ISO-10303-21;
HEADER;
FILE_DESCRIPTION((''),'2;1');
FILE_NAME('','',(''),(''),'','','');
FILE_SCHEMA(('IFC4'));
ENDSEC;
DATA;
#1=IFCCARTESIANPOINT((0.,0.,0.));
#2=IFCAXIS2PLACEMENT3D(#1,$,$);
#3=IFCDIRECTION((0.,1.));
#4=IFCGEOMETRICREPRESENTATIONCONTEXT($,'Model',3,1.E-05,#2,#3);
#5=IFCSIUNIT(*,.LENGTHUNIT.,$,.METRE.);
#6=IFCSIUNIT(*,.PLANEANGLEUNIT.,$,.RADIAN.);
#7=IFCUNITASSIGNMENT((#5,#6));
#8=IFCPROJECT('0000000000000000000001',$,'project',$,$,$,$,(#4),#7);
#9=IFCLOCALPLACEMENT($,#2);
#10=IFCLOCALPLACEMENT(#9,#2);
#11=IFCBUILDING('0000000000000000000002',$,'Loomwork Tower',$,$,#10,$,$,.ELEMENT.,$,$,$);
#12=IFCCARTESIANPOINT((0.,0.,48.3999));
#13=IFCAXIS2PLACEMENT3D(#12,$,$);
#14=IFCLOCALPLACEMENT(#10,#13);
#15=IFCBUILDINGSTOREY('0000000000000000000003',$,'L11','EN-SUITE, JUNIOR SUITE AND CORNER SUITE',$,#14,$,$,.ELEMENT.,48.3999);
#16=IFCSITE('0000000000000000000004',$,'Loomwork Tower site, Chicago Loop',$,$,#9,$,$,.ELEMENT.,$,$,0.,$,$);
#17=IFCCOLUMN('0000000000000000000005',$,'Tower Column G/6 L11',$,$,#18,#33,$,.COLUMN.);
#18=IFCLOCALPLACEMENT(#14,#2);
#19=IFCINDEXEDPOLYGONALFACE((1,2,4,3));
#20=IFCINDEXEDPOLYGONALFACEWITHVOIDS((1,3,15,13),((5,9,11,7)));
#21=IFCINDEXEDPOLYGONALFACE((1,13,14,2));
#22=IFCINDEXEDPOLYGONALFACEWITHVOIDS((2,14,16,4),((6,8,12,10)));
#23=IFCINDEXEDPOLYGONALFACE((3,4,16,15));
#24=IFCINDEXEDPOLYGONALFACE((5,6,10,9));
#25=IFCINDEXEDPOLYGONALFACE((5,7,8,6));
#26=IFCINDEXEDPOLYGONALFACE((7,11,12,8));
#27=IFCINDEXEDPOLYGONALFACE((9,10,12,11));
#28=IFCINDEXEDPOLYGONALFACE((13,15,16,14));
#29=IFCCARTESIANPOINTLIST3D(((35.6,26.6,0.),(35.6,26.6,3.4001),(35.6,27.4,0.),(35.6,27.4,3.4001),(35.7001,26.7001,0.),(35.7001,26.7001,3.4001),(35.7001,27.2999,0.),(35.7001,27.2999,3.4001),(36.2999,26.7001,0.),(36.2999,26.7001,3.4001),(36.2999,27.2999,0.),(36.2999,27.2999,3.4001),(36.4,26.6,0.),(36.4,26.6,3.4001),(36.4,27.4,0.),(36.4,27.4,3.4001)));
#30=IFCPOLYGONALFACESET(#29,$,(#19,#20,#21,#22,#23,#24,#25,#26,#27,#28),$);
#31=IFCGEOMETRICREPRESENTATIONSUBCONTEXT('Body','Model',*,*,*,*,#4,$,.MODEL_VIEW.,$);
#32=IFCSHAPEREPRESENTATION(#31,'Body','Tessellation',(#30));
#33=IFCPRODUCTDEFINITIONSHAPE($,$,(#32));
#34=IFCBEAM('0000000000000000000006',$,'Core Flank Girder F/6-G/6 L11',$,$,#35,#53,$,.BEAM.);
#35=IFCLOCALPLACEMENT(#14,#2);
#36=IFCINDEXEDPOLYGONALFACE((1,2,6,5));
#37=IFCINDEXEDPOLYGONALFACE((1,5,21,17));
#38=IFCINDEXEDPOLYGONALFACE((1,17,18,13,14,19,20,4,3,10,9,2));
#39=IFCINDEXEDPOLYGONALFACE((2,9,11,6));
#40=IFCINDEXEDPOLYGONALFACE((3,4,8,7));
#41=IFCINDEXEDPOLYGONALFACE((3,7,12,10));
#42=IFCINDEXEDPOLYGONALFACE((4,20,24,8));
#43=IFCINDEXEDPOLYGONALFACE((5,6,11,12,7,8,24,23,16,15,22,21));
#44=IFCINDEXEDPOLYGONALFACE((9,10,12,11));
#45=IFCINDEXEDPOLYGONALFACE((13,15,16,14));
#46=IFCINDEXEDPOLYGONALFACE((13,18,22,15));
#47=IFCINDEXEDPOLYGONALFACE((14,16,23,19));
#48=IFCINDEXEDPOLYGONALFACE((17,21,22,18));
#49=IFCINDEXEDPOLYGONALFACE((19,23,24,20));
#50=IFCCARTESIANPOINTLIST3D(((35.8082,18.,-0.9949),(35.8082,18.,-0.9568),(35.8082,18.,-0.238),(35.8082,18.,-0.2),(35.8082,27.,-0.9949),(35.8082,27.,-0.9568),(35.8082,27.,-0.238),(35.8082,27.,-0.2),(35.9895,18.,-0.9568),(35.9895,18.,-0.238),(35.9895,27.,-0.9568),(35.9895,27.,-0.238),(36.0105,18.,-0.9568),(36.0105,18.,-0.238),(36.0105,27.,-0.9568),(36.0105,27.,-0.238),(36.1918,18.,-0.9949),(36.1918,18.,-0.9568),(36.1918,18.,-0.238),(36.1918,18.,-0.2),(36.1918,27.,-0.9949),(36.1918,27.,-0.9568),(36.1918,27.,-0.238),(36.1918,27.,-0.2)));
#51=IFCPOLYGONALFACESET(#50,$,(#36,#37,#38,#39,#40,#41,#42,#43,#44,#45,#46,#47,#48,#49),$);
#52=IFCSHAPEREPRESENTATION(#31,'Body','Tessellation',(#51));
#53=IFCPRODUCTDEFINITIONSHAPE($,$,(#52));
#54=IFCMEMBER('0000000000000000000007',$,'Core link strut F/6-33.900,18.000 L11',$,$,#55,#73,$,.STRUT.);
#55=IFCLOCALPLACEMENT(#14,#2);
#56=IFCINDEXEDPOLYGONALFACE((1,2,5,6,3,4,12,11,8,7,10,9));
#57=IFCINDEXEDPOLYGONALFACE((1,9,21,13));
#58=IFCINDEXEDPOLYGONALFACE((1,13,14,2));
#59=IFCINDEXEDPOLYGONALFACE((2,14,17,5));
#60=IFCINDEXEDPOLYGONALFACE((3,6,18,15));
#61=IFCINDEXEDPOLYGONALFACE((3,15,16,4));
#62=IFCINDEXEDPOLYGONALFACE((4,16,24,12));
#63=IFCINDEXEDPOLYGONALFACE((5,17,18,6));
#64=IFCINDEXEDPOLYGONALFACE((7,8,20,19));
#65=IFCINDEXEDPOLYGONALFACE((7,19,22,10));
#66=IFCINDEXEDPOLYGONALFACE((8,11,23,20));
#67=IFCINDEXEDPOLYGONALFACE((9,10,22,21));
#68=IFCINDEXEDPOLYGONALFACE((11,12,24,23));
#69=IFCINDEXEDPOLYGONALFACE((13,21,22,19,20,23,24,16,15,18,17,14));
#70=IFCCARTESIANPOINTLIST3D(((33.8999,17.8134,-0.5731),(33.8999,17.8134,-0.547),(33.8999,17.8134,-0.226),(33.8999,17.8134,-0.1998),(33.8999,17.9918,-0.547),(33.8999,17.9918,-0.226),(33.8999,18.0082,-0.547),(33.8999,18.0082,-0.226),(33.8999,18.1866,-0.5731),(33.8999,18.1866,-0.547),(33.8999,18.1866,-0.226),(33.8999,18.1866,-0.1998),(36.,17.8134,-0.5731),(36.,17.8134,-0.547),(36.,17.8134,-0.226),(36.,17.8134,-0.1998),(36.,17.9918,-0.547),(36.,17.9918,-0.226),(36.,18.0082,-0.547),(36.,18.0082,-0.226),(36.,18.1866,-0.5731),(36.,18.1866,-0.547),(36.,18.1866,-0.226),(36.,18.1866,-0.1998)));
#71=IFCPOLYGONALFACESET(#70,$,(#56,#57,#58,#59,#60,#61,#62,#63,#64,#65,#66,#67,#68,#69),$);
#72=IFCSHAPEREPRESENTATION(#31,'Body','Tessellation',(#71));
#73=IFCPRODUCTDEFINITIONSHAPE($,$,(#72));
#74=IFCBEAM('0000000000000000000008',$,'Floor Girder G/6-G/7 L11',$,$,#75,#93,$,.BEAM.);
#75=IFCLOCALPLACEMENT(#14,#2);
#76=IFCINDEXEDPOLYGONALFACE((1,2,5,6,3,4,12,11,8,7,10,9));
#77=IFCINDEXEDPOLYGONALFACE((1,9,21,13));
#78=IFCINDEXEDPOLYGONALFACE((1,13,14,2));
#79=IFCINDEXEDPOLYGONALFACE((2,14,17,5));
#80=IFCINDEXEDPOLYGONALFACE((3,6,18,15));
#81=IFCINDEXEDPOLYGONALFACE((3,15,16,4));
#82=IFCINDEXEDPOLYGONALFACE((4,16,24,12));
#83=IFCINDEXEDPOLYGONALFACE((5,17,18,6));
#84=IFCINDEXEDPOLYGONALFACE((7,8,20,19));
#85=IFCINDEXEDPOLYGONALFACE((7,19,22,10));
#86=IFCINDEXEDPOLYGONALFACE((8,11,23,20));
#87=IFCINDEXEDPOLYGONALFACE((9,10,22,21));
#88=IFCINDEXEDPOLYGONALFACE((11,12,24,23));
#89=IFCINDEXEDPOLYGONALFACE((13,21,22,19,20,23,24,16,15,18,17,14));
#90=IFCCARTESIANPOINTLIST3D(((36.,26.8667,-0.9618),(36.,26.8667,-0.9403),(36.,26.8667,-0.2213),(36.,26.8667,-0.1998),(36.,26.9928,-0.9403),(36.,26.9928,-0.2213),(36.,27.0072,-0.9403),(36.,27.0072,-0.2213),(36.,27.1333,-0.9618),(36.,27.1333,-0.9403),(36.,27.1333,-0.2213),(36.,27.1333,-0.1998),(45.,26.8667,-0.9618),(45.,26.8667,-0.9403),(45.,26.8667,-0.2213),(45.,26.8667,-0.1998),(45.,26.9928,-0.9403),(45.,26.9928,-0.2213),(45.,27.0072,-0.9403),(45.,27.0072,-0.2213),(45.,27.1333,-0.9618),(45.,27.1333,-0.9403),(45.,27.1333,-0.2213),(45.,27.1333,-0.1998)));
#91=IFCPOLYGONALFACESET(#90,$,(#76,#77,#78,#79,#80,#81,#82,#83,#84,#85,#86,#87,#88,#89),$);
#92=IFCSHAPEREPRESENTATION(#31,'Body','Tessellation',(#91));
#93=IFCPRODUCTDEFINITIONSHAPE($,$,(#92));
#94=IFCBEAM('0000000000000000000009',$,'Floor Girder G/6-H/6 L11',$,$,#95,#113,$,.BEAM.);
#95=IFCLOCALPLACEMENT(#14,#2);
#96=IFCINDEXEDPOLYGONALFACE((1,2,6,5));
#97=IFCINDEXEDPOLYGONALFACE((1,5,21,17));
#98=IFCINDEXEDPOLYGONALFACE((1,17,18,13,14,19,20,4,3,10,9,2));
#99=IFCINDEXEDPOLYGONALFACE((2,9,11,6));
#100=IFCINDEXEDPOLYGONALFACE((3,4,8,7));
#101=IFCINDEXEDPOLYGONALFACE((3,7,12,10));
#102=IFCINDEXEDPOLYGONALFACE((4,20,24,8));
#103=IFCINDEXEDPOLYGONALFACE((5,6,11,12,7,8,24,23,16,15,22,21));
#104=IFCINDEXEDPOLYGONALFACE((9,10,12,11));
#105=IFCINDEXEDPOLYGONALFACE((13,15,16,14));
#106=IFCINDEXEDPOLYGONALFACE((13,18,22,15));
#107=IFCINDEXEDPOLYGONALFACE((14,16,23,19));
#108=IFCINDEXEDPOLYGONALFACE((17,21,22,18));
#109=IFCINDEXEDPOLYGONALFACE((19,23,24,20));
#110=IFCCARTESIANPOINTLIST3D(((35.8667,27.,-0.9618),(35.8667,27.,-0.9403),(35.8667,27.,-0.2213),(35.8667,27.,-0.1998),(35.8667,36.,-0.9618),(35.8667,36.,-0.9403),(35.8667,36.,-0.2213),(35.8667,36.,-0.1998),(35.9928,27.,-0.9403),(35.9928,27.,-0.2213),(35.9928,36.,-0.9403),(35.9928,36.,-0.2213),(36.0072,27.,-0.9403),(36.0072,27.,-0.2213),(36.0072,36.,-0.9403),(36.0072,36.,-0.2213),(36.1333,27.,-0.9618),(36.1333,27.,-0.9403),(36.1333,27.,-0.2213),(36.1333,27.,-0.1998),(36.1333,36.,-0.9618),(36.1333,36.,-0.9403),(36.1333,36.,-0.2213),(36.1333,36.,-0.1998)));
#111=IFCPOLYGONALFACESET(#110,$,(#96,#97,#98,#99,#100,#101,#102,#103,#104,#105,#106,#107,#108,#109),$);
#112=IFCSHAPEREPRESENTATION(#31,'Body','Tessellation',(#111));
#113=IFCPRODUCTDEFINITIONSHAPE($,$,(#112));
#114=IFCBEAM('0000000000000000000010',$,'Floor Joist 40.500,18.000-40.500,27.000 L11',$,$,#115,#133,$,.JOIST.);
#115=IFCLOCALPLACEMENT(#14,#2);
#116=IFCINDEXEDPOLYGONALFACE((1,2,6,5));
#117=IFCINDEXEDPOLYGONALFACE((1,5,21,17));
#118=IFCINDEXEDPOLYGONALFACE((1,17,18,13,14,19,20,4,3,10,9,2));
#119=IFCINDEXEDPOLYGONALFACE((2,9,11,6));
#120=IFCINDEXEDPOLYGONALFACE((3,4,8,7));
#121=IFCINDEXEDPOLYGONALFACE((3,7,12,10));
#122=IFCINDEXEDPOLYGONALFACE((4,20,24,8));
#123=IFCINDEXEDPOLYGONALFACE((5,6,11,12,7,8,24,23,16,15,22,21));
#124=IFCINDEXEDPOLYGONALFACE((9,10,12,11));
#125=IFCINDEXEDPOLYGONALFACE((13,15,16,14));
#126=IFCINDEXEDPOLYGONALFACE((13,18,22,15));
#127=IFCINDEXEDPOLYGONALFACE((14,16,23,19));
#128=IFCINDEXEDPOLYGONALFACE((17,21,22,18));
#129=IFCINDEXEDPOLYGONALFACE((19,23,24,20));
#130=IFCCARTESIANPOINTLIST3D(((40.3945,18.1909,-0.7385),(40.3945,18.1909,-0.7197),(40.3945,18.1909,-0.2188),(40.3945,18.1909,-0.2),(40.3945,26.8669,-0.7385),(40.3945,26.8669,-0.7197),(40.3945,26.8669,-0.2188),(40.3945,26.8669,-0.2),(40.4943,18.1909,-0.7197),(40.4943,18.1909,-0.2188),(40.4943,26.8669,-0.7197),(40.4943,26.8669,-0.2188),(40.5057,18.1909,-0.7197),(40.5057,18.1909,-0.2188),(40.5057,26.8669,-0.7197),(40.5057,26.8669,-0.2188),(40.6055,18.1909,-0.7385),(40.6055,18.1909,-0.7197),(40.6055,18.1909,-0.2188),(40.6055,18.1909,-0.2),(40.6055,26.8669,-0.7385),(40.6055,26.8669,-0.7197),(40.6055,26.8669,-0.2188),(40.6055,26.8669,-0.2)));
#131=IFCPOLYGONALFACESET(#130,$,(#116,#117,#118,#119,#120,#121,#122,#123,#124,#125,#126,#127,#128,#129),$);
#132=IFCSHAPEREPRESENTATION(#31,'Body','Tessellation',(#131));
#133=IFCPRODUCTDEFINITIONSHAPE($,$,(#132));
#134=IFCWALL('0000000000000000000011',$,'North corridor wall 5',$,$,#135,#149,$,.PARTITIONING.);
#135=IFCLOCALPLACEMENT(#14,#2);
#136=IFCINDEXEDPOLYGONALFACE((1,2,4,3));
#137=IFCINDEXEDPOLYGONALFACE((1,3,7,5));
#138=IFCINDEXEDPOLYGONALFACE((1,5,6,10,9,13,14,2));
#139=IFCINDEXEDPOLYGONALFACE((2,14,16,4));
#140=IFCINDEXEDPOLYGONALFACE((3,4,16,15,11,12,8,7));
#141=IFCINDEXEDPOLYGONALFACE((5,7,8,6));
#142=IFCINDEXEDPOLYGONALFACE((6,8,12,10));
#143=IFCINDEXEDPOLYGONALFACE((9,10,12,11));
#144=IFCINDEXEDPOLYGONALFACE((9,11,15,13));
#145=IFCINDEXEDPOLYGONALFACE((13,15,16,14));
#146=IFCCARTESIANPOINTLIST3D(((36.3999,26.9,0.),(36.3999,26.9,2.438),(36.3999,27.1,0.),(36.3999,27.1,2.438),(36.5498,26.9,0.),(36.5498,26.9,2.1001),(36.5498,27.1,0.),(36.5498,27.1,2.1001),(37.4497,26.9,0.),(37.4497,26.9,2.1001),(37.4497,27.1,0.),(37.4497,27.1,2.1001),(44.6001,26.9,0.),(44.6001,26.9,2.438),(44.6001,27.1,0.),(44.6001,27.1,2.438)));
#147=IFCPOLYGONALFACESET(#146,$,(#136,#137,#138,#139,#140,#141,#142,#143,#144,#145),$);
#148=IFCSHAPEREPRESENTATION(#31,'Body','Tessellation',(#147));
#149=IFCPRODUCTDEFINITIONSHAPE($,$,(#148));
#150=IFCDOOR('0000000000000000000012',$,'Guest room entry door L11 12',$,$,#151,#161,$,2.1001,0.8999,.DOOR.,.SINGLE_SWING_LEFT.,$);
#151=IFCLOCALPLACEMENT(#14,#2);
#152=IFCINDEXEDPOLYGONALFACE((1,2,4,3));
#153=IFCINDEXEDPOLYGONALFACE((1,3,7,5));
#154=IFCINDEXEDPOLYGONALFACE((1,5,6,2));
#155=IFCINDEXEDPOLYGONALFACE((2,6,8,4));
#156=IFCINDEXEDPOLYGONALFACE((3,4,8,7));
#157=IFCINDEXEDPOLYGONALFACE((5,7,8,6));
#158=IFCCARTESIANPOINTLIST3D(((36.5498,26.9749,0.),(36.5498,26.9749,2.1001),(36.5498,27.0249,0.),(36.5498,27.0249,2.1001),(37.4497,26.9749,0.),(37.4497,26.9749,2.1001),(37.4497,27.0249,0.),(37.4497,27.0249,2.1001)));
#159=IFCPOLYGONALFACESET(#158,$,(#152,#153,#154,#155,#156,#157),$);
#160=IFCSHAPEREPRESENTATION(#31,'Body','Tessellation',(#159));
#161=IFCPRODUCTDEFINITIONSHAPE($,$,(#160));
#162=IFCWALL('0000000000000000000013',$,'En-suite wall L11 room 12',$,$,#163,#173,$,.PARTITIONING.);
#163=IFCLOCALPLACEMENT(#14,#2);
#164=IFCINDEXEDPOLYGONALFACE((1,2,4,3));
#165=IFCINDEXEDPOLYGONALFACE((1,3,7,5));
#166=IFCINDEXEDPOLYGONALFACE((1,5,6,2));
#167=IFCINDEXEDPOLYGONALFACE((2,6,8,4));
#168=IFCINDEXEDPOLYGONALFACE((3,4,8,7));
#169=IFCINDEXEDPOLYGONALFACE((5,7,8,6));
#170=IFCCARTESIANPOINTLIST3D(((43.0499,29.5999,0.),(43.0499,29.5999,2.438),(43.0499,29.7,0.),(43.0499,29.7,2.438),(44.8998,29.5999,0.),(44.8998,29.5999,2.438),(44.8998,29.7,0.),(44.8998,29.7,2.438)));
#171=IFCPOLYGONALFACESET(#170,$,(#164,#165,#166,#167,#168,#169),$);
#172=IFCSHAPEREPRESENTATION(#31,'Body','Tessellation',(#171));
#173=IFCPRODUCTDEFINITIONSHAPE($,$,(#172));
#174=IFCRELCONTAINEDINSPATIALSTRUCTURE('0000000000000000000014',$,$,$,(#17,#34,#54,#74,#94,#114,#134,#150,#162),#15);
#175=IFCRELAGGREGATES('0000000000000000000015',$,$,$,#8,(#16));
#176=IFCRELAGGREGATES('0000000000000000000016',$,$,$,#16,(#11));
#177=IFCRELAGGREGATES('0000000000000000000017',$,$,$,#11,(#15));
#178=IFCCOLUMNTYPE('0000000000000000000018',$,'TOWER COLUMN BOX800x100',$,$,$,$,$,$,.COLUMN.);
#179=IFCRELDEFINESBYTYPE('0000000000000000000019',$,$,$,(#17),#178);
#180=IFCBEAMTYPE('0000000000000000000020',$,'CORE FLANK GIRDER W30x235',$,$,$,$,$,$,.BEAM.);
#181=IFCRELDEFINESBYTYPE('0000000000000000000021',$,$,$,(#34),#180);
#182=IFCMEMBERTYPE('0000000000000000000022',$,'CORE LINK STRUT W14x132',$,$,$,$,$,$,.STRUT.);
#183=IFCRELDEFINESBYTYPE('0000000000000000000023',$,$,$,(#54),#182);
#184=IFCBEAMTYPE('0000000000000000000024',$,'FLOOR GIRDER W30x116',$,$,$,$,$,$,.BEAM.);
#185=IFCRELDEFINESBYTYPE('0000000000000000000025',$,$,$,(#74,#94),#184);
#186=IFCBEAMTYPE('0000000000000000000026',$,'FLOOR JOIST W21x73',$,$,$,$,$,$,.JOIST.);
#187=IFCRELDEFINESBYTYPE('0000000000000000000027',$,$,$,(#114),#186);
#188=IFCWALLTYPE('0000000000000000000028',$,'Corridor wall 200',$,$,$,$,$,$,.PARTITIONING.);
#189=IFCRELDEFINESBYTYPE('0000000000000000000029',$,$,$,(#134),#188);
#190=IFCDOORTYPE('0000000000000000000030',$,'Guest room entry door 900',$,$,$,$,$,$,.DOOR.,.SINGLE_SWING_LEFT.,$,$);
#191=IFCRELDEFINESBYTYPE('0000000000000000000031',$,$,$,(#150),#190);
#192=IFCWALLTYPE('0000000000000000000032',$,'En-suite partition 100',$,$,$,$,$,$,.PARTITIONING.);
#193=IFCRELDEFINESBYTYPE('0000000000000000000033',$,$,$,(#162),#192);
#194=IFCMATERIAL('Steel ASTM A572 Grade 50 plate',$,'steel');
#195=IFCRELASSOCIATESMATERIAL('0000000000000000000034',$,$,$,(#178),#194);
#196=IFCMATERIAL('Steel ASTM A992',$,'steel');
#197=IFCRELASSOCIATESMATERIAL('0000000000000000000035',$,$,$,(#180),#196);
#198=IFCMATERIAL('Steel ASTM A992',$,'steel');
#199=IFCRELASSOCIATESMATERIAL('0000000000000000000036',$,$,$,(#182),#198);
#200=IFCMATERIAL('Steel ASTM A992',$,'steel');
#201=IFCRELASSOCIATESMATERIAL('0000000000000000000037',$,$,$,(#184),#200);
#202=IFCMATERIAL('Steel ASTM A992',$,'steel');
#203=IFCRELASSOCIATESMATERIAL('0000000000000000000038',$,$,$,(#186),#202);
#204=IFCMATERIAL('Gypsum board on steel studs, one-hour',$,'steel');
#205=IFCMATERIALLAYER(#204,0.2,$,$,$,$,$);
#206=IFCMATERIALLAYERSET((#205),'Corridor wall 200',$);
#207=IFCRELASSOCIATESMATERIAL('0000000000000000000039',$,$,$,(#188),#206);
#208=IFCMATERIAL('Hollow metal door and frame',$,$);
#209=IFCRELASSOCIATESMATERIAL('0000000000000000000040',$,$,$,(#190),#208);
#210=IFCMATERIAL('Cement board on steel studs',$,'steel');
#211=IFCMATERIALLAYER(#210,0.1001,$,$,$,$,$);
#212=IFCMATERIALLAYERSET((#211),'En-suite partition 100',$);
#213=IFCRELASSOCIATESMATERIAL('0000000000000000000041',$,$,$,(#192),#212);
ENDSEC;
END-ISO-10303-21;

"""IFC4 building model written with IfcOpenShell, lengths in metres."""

from ifc_helpers import new_model, si_unit, direction, frame, frame_2d, origin, origin_2d, place, context, subcontext, project, spatial, rectangle, hollow_rectangle, i_section, extrude, material, layer, layer_set, material_profile, profile_set, type_object, element, fill, save


model = new_model("IFC4")

# Units and contexts
model_context = context("Model", 3, precision=1e-05, world=origin(), true_north=direction((0.0, 1.0)))
body_context = subcontext(model_context, "Body", "Model", "MODEL_VIEW")
ifc_project = project(units=[si_unit("LENGTHUNIT", "METRE"), si_unit("PLANEANGLEUNIT", "RADIAN")], contexts=[model_context])

# Site, building, storey
site_placement = place(None, origin())
site = spatial("IfcSite", under=ifc_project, at=site_placement, Name="Loomwork Tower site, Chicago Loop", CompositionType="ELEMENT", RefElevation=0.0)
building_placement = place(site_placement, origin())
building = spatial("IfcBuilding", under=site, at=building_placement, Name="Loomwork Tower", CompositionType="ELEMENT")
storey_placement = place(building_placement, frame((0.0, 0.0, 48.3999)))
storey = spatial("IfcBuildingStorey", under=building, at=storey_placement, Name="L11", Description="EN-SUITE, JUNIOR SUITE AND CORNER SUITE", CompositionType="ELEMENT", Elevation=48.3999)

# Column
ifc_material_1 = material(Name="Steel ASTM A572 Grade 50 plate", Category="steel")
ifc_material_profile_1 = material_profile(ifc_material_1, hollow_rectangle(XDim=0.8, YDim=0.8, WallThickness=0.1001, at=origin_2d()), Name="BOX800x100")
ifc_profile_set_1 = profile_set([ifc_material_profile_1], Name="Steel ASTM A572 Grade 50 plate")
column_type = type_object("IfcColumnType", Name="TOWER COLUMN BOX800x100", PredefinedType="COLUMN", material=ifc_profile_set_1)
column_placement = place(storey_placement, frame((36.0, 27.0, 0.0), z_axis=(0.0, 0.0, 1.0), x_axis=(1.0, 0.0, 0.0)))
element("IfcColumn", 1, at=column_placement, inside=storey, type_object=column_type, Name="Tower Column G/6 L11", PredefinedType="COLUMN", context=body_context, shape_type="SweptSolid", body=[
    extrude(hollow_rectangle(XDim=0.8, YDim=0.8, WallThickness=0.1001, at=origin_2d()), origin(), (0.0, 0.0, 1.0), 3.4001),
])

# Beam
ifc_material_2 = material(Name="Steel ASTM A992", Category="steel")
ifc_material_profile_2 = material_profile(ifc_material_2, i_section(OverallWidth=0.3835, OverallDepth=0.7949, WebThickness=0.021, FlangeThickness=0.0381, at=origin_2d()), Name="W30x235")
ifc_profile_set_2 = profile_set([ifc_material_profile_2], Name="Steel ASTM A992")
beam_type_1 = type_object("IfcBeamType", Name="CORE FLANK GIRDER W30x235", PredefinedType="BEAM", material=ifc_profile_set_2)
beam_1_placement = place(storey_placement, frame((36.0, 18.0, -0.5974), z_axis=(0.0, 1.0, 0.0), x_axis=(-1.0, 0.0, 0.0)))
element("IfcBeam", 2, at=beam_1_placement, inside=storey, type_object=beam_type_1, Name="Core Flank Girder F/6-G/6 L11", PredefinedType="BEAM", context=body_context, shape_type="SweptSolid", body=[
    extrude(i_section(OverallWidth=0.3835, OverallDepth=0.7949, WebThickness=0.021, FlangeThickness=0.0381, at=origin_2d()), origin(), (0.0, 0.0, 1.0), 9.0),
])

# Member
ifc_material_3 = material(Name="Steel ASTM A992", Category="steel")
ifc_material_profile_3 = material_profile(ifc_material_3, i_section(OverallWidth=0.3733, OverallDepth=0.3733, WebThickness=0.0164, FlangeThickness=0.0261, at=origin_2d()), Name="W14x132")
ifc_profile_set_3 = profile_set([ifc_material_profile_3], Name="Steel ASTM A992")
member_type = type_object("IfcMemberType", Name="CORE LINK STRUT W14x132", PredefinedType="STRUT", material=ifc_profile_set_3)
member_placement = place(storey_placement, frame((36.0, 18.0, -0.3865), z_axis=(-1.0, 0.0, 0.0), x_axis=(0.0, -1.0, 0.0)))
element("IfcMember", 3, at=member_placement, inside=storey, type_object=member_type, Name="Core link strut F/6-33.900,18.000 L11", PredefinedType="STRUT", context=body_context, shape_type="SweptSolid", body=[
    extrude(i_section(OverallWidth=0.3733, OverallDepth=0.3733, WebThickness=0.0164, FlangeThickness=0.0261, at=origin_2d()), origin(), (0.0, 0.0, 1.0), 2.1001),
])

# Beams
ifc_material_4 = material(Name="Steel ASTM A992", Category="steel")
ifc_material_profile_4 = material_profile(ifc_material_4, i_section(OverallWidth=0.2666, OverallDepth=0.762, WebThickness=0.0144, FlangeThickness=0.0215, at=origin_2d()), Name="W30x116")
ifc_profile_set_4 = profile_set([ifc_material_profile_4], Name="Steel ASTM A992")
beam_type_2 = type_object("IfcBeamType", Name="FLOOR GIRDER W30x116", PredefinedType="BEAM", material=ifc_profile_set_4)
for number, where, z_axis, x_axis, name in (
    (4, (36.0, 27.0, -0.5808), (1.0, 0.0, 0.0), (0.0, 1.0, 0.0), "Floor Girder G/6-G/7 L11"),
    (5, (36.0, 27.0, -0.5808), (0.0, 1.0, 0.0), (-1.0, 0.0, 0.0), "Floor Girder G/6-H/6 L11"),
):
    element("IfcBeam", number, at=place(storey_placement, frame(where, z_axis=z_axis, x_axis=x_axis)), inside=storey, type_object=beam_type_2, Name=name, PredefinedType="BEAM", context=body_context, shape_type="SweptSolid", body=[
        extrude(i_section(OverallWidth=0.2666, OverallDepth=0.762, WebThickness=0.0144, FlangeThickness=0.0215, at=origin_2d()), origin(), (0.0, 0.0, 1.0), 9.0),
    ])
ifc_material_5 = material(Name="Steel ASTM A992", Category="steel")
ifc_material_profile_5 = material_profile(ifc_material_5, i_section(OverallWidth=0.2109, OverallDepth=0.5386, WebThickness=0.0115, FlangeThickness=0.0188, at=origin_2d()), Name="W21x73")
ifc_profile_set_5 = profile_set([ifc_material_profile_5], Name="Steel ASTM A992")
beam_type_3 = type_object("IfcBeamType", Name="FLOOR JOIST W21x73", PredefinedType="JOIST", material=ifc_profile_set_5)
beam_2_placement = place(storey_placement, frame((40.5, 18.1909, -0.4692), z_axis=(0.0, 1.0, 0.0), x_axis=(-1.0, 0.0, 0.0)))
element("IfcBeam", 6, at=beam_2_placement, inside=storey, type_object=beam_type_3, Name="Floor Joist 40.500,18.000-40.500,27.000 L11", PredefinedType="JOIST", context=body_context, shape_type="SweptSolid", body=[
    extrude(i_section(OverallWidth=0.2109, OverallDepth=0.5386, WebThickness=0.0115, FlangeThickness=0.0188, at=origin_2d()), origin(), (0.0, 0.0, 1.0), 8.676),
])

# Wall, opening, door
ifc_material_6 = material(Name="Gypsum board on steel studs, one-hour", Category="steel")
ifc_layer_1 = layer(ifc_material_6, 0.2)
ifc_layer_set_1 = layer_set([ifc_layer_1], Name="Corridor wall 200")
wall_type_1 = type_object("IfcWallType", Name="Corridor wall 200", PredefinedType="PARTITIONING", material=ifc_layer_set_1)
wall_1_placement = place(storey_placement, frame((36.3999, 27.0, 0.0), z_axis=(0.0, 0.0, 1.0), x_axis=(1.0, 0.0, 0.0)))
wall_1 = element("IfcWall", 7, at=wall_1_placement, inside=storey, type_object=wall_type_1, Name="North corridor wall 5", PredefinedType="PARTITIONING", context=body_context, shape_type="SweptSolid", body=[
    extrude(rectangle(XDim=8.2002, YDim=0.2, at=frame_2d((4.1001, 0.0))), origin(), (0.0, 0.0, 1.0), 2.438),
])
opening_1_placement = place(wall_1_placement, frame((0.1499, 0.0, 0.0)))
opening_1 = element("IfcOpeningElement", 8, at=opening_1_placement, cuts=wall_1, PredefinedType="OPENING", context=body_context, shape_type="SweptSolid", body=[
    extrude(rectangle(XDim=0.8999, YDim=2.1001, at=frame_2d((0.45, 1.05))), frame((0.0, 0.1099, 0.0), z_axis=(0.0, -1.0, 0.0), x_axis=(1.0, 0.0, 0.0)), (0.0, 0.0, 1.0), 0.22),
])
ifc_material_7 = material(Name="Hollow metal door and frame")
door_type_1 = type_object("IfcDoorType", Name="Guest room entry door 900", OperationType="SINGLE_SWING_LEFT", PredefinedType="DOOR", material=ifc_material_7)
door_1_placement = place(opening_1_placement, origin())
door_1 = element("IfcDoor", 9, at=door_1_placement, inside=storey, type_object=door_type_1, Name="Guest room entry door L11 12", OperationType="SINGLE_SWING_LEFT", OverallHeight=2.1001, OverallWidth=0.8999, PredefinedType="DOOR", context=body_context, shape_type="SweptSolid", body=[
    extrude(rectangle(XDim=0.8999, YDim=2.1001, at=frame_2d((0.45, 1.05))), frame((0.0, 0.0249, 0.0), z_axis=(0.0, -1.0, 0.0), x_axis=(1.0, 0.0, 0.0)), (0.0, 0.0, 1.0), 0.05),
])
fill(opening_1, door_1)

# Wall
ifc_material_8 = material(Name="Cement board on steel studs", Category="steel")
ifc_layer_2 = layer(ifc_material_8, 0.1001)
ifc_layer_set_2 = layer_set([ifc_layer_2], Name="En-suite partition 100")
wall_type_2 = type_object("IfcWallType", Name="En-suite partition 100", PredefinedType="PARTITIONING", material=ifc_layer_set_2)
wall_2_placement = place(storey_placement, frame((43.05, 29.6499, 0.0), z_axis=(0.0, 0.0, 1.0), x_axis=(1.0, 0.0, 0.0)))
element("IfcWall", 10, at=wall_2_placement, inside=storey, type_object=wall_type_2, Name="En-suite wall L11 room 12", PredefinedType="PARTITIONING", context=body_context, shape_type="SweptSolid", body=[
    extrude(rectangle(XDim=1.8499, YDim=0.1001, at=frame_2d((0.9248, 0.0))), origin(), (0.0, 0.0, 1.0), 2.438),
])

save(model, "model.ifc")
